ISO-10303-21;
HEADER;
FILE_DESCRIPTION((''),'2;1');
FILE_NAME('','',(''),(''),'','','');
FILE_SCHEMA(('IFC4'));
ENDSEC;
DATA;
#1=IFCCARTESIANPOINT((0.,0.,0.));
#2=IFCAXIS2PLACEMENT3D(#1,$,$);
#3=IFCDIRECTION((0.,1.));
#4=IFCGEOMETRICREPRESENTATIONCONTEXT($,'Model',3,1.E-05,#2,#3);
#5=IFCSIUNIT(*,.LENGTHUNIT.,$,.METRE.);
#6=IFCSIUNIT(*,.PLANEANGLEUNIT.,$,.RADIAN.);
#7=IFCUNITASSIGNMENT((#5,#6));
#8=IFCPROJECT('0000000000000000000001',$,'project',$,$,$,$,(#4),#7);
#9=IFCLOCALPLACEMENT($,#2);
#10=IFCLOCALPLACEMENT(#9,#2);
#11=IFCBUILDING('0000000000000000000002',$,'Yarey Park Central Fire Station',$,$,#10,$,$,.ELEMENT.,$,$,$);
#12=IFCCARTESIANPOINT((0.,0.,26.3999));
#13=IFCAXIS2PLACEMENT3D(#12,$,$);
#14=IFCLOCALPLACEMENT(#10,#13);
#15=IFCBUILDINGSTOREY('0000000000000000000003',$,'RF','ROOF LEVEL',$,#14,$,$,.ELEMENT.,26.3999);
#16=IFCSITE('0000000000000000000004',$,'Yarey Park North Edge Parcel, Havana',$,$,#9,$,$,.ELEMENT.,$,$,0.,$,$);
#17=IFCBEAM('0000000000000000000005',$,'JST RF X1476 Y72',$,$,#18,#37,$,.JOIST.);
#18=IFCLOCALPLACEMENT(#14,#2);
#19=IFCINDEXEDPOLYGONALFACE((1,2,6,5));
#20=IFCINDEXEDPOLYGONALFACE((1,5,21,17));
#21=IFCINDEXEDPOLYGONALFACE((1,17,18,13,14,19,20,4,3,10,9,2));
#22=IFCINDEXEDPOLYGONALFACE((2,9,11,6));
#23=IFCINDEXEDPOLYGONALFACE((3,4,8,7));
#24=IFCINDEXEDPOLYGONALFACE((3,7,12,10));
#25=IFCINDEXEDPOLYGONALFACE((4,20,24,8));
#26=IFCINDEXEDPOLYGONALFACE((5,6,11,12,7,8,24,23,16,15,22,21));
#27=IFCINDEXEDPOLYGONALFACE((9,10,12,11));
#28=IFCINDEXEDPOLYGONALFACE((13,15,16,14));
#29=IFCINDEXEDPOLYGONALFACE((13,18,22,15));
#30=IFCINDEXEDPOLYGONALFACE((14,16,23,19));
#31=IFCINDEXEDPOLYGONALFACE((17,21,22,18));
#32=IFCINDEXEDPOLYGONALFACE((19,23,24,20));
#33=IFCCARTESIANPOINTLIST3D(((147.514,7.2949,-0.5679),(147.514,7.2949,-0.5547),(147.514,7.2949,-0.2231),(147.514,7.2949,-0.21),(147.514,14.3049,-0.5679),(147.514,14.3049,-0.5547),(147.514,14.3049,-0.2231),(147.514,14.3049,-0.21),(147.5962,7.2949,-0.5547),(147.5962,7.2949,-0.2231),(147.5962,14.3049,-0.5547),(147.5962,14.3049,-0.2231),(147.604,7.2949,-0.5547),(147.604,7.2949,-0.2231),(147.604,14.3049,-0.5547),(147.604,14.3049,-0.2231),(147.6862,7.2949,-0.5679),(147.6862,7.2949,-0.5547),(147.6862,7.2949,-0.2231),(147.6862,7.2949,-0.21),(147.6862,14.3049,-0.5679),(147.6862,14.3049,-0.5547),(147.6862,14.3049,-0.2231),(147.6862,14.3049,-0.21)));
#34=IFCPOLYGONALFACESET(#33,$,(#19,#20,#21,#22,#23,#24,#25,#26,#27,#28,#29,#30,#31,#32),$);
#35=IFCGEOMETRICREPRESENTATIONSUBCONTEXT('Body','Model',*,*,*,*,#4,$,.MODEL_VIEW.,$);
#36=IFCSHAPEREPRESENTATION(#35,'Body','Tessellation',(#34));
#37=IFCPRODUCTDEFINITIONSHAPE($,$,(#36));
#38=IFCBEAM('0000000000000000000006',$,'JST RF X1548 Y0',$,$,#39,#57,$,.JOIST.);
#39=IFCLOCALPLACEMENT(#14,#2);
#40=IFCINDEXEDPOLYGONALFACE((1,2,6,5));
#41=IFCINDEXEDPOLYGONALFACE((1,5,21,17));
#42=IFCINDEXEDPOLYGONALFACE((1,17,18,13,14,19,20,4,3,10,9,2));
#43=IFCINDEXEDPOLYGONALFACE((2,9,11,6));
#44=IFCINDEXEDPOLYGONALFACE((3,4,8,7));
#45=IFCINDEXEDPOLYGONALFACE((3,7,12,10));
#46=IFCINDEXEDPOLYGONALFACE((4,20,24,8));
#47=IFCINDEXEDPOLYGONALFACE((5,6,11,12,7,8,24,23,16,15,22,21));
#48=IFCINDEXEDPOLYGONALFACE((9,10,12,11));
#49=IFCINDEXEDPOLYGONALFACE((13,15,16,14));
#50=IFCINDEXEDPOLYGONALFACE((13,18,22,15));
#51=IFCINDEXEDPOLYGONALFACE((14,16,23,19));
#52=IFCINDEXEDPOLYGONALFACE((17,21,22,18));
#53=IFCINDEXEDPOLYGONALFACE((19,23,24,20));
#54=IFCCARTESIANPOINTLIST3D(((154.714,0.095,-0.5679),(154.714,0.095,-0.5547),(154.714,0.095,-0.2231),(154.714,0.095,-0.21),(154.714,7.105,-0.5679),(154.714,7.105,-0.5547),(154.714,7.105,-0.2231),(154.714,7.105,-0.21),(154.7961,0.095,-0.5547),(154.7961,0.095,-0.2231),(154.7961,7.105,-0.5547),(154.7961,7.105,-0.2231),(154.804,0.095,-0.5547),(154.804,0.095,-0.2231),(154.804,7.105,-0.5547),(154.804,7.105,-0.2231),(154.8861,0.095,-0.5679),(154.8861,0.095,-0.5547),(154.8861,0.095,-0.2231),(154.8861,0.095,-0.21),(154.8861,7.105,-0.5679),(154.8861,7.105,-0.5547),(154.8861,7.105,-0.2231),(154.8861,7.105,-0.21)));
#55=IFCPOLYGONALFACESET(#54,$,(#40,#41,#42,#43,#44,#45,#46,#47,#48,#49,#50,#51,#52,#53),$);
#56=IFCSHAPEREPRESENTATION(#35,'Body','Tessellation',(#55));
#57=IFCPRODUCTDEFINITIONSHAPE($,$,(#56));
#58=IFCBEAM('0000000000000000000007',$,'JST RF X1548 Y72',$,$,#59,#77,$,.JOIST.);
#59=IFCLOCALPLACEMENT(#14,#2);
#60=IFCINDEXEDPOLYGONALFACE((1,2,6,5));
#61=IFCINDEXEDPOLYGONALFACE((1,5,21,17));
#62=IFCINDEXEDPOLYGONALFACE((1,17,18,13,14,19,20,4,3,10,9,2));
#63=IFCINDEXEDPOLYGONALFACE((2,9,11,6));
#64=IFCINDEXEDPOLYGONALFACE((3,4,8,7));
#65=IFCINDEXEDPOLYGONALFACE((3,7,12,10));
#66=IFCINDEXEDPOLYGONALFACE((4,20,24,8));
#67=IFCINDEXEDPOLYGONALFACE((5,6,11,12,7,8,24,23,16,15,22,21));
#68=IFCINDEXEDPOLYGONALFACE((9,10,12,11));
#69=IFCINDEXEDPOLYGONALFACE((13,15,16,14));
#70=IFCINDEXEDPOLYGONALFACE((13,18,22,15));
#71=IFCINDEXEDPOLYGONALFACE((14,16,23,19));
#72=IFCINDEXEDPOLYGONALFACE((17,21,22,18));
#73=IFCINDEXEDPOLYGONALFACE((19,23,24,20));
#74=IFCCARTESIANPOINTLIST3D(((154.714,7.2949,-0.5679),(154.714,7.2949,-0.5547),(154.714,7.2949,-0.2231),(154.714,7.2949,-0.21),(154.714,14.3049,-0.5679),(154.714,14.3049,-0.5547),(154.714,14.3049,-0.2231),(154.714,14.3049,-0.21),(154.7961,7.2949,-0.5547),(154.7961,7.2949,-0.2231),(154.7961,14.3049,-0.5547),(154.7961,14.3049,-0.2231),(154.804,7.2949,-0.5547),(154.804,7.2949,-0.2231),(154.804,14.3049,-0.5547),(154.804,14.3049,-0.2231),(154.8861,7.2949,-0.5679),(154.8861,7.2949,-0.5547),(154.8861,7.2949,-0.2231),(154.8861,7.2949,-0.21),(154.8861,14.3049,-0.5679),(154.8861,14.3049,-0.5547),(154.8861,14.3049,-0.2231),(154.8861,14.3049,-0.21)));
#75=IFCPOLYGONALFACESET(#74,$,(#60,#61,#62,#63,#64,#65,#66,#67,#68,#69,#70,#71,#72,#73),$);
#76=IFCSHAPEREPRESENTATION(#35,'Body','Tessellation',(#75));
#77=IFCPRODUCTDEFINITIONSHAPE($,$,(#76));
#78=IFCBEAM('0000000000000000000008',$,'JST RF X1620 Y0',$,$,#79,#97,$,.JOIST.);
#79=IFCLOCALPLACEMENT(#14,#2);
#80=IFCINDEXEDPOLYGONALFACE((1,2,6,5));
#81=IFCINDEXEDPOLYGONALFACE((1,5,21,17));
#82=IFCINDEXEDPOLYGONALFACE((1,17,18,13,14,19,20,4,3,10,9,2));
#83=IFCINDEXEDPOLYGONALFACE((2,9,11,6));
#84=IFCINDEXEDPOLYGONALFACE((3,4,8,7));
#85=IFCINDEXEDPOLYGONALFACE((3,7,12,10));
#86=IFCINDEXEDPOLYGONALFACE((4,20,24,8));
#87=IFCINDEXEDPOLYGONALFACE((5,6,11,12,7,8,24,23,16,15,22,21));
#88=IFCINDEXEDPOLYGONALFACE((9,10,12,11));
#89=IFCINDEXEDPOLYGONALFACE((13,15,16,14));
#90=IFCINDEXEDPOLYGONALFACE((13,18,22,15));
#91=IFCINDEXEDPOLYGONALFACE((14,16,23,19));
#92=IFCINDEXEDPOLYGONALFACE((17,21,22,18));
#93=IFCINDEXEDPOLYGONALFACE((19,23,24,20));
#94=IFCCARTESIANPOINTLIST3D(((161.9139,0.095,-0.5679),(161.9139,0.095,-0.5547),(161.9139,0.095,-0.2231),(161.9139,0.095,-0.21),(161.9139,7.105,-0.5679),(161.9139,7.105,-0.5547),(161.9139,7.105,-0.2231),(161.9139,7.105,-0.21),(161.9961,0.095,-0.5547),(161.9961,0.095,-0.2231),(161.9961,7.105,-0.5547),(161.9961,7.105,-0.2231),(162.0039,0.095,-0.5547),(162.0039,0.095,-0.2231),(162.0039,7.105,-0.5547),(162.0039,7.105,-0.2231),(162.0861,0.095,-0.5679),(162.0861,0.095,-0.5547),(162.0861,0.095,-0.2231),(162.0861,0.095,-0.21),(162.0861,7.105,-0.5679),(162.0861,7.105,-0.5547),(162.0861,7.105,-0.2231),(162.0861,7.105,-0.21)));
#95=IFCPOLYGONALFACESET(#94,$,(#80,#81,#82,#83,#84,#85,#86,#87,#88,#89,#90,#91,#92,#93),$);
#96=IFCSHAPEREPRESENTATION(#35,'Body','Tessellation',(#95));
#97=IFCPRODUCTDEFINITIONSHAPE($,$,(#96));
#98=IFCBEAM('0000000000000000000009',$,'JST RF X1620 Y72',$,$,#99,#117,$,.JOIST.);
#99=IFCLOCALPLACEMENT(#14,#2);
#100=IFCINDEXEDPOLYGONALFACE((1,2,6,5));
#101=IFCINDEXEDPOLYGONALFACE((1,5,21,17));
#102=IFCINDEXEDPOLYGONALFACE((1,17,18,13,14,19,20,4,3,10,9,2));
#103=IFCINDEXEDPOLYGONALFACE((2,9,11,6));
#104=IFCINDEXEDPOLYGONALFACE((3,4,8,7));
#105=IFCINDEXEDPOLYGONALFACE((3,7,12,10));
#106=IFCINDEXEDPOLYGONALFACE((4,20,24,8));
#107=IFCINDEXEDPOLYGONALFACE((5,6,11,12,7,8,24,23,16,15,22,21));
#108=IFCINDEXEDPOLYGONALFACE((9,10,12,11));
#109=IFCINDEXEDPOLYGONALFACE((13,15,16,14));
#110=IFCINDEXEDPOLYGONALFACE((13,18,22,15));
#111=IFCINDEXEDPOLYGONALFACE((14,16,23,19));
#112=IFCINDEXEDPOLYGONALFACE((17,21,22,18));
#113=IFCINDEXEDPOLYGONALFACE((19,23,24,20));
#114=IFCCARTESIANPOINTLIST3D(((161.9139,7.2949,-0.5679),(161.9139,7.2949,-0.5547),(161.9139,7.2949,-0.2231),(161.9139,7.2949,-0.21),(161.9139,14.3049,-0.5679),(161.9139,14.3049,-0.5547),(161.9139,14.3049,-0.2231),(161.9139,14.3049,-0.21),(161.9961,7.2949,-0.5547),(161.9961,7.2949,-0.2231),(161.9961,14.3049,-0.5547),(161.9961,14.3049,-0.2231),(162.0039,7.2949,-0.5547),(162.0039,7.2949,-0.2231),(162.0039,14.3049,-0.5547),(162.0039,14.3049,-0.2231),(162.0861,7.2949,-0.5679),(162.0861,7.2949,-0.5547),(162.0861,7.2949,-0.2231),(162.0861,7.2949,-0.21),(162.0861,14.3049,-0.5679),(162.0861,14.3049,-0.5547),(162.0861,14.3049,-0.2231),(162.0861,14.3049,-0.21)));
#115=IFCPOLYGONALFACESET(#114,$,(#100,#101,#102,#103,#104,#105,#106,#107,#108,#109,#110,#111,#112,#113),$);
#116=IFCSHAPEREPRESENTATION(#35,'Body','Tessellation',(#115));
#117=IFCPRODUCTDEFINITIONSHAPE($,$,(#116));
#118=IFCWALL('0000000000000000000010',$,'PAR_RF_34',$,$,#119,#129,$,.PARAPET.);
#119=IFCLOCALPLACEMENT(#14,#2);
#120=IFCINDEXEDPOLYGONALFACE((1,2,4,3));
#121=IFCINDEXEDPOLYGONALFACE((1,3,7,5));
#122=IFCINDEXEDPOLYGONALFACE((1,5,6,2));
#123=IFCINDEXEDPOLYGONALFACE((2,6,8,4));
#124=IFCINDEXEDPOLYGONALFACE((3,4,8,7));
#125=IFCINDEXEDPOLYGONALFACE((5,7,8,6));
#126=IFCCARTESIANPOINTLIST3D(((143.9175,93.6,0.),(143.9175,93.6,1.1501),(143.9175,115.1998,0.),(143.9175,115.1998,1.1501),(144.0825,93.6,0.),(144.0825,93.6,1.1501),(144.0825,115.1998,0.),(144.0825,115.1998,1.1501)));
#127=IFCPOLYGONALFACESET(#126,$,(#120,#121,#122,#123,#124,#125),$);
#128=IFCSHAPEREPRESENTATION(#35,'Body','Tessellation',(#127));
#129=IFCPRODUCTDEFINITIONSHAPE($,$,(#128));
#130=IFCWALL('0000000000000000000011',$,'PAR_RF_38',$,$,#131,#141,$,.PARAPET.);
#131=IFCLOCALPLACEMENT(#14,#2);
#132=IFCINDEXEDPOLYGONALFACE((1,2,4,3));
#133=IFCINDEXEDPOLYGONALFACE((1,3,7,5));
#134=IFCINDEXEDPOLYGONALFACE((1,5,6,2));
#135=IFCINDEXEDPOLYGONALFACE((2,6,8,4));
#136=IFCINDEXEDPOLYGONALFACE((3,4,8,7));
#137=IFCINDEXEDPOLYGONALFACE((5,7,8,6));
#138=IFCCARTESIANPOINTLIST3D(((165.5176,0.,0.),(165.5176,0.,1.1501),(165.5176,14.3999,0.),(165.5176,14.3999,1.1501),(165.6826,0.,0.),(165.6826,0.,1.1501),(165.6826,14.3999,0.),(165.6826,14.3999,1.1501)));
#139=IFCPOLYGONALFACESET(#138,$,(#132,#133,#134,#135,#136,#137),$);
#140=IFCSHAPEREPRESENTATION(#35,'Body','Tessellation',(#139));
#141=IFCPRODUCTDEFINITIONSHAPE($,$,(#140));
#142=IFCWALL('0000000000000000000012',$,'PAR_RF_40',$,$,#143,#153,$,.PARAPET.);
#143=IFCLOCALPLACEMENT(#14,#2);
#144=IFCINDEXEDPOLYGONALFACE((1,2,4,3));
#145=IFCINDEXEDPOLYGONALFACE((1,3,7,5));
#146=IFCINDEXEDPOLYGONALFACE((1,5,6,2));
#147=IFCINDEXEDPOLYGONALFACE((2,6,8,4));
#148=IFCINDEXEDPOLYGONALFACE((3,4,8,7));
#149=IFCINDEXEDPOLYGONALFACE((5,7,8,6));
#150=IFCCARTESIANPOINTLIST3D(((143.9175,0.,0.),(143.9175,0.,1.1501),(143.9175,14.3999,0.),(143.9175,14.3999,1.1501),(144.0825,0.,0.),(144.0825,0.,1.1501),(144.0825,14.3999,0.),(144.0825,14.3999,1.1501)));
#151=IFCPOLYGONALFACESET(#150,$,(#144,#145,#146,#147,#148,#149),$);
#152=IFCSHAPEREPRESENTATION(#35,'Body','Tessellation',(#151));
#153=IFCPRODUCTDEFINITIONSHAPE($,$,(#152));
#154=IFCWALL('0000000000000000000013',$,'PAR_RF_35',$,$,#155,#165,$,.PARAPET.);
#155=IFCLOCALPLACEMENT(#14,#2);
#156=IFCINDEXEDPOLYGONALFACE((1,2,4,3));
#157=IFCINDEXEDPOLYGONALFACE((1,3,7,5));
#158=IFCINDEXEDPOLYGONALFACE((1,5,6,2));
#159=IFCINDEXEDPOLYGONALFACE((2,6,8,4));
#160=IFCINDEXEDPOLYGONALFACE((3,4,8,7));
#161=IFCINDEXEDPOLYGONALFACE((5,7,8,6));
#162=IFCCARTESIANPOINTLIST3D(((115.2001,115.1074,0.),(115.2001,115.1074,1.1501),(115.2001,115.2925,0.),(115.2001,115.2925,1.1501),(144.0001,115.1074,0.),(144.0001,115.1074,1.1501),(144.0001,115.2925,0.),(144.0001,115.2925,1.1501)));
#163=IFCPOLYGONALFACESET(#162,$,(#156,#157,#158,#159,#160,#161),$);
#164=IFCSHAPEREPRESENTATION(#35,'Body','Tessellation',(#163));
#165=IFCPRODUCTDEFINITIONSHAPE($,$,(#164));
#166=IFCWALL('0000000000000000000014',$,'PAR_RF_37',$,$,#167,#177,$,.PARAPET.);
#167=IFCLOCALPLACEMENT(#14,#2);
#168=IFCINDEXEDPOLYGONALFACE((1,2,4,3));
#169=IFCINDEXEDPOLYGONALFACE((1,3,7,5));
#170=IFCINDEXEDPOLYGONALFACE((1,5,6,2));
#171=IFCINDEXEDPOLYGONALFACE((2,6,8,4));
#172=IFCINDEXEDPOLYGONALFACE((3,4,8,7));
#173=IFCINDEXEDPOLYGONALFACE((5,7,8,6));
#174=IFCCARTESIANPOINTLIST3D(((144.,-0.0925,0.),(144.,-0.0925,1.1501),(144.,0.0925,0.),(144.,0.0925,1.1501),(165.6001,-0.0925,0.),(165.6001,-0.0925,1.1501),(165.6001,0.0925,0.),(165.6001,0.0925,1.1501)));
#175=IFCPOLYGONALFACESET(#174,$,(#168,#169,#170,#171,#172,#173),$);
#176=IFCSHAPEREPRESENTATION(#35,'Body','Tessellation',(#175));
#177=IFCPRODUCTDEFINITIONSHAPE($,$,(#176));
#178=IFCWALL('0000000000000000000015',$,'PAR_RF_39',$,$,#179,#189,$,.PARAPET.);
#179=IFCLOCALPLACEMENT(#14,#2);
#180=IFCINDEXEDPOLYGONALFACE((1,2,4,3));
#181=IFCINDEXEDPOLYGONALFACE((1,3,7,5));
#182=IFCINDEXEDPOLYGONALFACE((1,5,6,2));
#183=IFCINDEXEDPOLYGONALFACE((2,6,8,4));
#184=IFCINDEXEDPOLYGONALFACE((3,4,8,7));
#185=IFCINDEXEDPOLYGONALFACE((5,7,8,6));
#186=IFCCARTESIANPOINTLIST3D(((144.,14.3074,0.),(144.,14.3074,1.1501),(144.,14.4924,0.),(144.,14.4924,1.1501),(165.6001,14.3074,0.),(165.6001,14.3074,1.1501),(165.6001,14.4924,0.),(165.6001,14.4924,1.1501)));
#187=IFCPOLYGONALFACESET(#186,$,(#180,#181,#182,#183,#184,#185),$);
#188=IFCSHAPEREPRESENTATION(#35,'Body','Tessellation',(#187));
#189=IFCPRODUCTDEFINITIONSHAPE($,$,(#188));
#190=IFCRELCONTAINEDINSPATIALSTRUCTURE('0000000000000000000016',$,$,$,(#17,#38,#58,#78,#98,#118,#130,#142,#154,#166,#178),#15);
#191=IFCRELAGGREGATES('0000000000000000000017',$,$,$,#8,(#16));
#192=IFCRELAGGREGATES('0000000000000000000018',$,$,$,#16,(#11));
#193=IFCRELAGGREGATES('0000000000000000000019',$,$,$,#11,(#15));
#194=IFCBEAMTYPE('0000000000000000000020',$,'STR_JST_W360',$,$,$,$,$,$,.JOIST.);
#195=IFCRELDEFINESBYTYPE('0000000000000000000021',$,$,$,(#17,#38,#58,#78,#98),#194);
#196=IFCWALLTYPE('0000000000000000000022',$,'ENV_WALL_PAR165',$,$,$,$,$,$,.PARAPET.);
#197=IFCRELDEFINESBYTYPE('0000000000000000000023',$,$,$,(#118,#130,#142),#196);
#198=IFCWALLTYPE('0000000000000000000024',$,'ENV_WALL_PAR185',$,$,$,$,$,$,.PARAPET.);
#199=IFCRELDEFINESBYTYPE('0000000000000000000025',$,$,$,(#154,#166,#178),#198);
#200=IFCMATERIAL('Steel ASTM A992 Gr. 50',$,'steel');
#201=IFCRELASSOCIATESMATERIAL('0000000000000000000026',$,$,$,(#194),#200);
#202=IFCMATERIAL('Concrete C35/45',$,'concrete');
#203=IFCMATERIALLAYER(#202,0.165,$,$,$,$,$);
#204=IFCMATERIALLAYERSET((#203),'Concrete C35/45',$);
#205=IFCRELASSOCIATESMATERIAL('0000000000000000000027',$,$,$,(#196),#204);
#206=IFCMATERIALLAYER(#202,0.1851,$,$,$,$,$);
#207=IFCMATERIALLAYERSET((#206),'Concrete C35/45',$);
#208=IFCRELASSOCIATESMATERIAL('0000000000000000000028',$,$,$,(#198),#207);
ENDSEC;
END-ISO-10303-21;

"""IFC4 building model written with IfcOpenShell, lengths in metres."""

from ifc_helpers import new_model, si_unit, direction, frame, frame_2d, origin, origin_2d, place, context, subcontext, project, spatial, rectangle, i_section, extrude, material, layer, layer_set, material_profile, profile_set, type_object, element, save


model = new_model("IFC4")

# Units and contexts
model_context = context("Model", 3, precision=1e-05, world=origin(), true_north=direction((0.0, 1.0)))
body_context = subcontext(model_context, "Body", "Model", "MODEL_VIEW")
ifc_project = project(units=[si_unit("LENGTHUNIT", "METRE"), si_unit("PLANEANGLEUNIT", "RADIAN")], contexts=[model_context])

# Site, building, storey
site_placement = place(None, origin())
site = spatial("IfcSite", under=ifc_project, at=site_placement, Name="Yarey Park North Edge Parcel, Havana", CompositionType="ELEMENT", RefElevation=0.0)
building_placement = place(site_placement, origin())
building = spatial("IfcBuilding", under=site, at=building_placement, Name="Yarey Park Central Fire Station", CompositionType="ELEMENT")
storey_placement = place(building_placement, frame((0.0, 0.0, 26.3999)))
storey = spatial("IfcBuildingStorey", under=building, at=storey_placement, Name="RF", Description="ROOF LEVEL", CompositionType="ELEMENT", Elevation=26.3999)

# Beams
ifc_material_1 = material(Name="Steel ASTM A992 Gr. 50", Category="steel")
ifc_material_profile_1 = material_profile(ifc_material_1, i_section(OverallWidth=0.1721, OverallDepth=0.3579, WebThickness=0.0078, FlangeThickness=0.0132, at=origin_2d()), Name="W360x57")
ifc_profile_set_1 = profile_set([ifc_material_profile_1], Name="Steel ASTM A992 Gr. 50")
beam_type_1 = type_object("IfcBeamType", Name="STR_JST_W360", PredefinedType="JOIST", material=ifc_profile_set_1)
for number, where, z_axis, x_axis, name in (
    (1, (147.6001, 7.2949, -0.3889), (0.0, 1.0, 0.0), (-1.0, 0.0, 0.0), "JST RF X1476 Y72"),
    (2, (154.8, 0.095, -0.3889), (0.0, 1.0, 0.0), (-1.0, 0.0, 0.0), "JST RF X1548 Y0"),
    (3, (154.8, 7.2949, -0.3889), (0.0, 1.0, 0.0), (-1.0, 0.0, 0.0), "JST RF X1548 Y72"),
    (4, (162.0, 0.095, -0.3889), (0.0, 1.0, 0.0), (-1.0, 0.0, 0.0), "JST RF X1620 Y0"),
    (5, (162.0, 7.2949, -0.3889), (0.0, 1.0, 0.0), (-1.0, 0.0, 0.0), "JST RF X1620 Y72"),
):
    element("IfcBeam", number, at=place(storey_placement, frame(where, z_axis=z_axis, x_axis=x_axis)), inside=storey, type_object=beam_type_1, Name=name, PredefinedType="JOIST", context=body_context, shape_type="SweptSolid", body=[
        extrude(i_section(OverallWidth=0.1721, OverallDepth=0.3579, WebThickness=0.0078, FlangeThickness=0.0132, at=origin_2d()), origin(), (0.0, 0.0, 1.0), 7.01),
    ])

# Walls
ifc_material_2 = material(Name="Concrete C35/45", Category="concrete")
ifc_layer_1 = layer(ifc_material_2, 0.165)
ifc_layer_set_1 = layer_set([ifc_layer_1], Name="Concrete C35/45")
wall_type_1 = type_object("IfcWallType", Name="ENV_WALL_PAR165", PredefinedType="PARAPET", material=ifc_layer_set_1)
wall_1_placement = place(storey_placement, frame((144.0, 93.6001, 0.0), z_axis=(0.0, 0.0, 1.0), x_axis=(0.0, 1.0, 0.0)))
element("IfcWall", 6, at=wall_1_placement, inside=storey, type_object=wall_type_1, Name="PAR_RF_34", PredefinedType="PARAPET", context=body_context, shape_type="SweptSolid", body=[
    extrude(rectangle(XDim=21.5999, YDim=0.165, at=frame_2d((10.7998, 0.0))), origin(), (0.0, 0.0, 1.0), 1.1501),
])
for number, where, z_axis, x_axis, name in (
    (7, (165.6001, 0.0, 0.0), (0.0, 0.0, 1.0), (0.0, 1.0, 0.0), "PAR_RF_38"),
    (8, (144.0, 14.3999, 0.0), (0.0, 0.0, 1.0), (0.0, -1.0, 0.0), "PAR_RF_40"),
):
    element("IfcWall", number, at=place(storey_placement, frame(where, z_axis=z_axis, x_axis=x_axis)), inside=storey, type_object=wall_type_1, Name=name, PredefinedType="PARAPET", context=body_context, shape_type="SweptSolid", body=[
        extrude(rectangle(XDim=14.3999, YDim=0.165, at=frame_2d((7.2, 0.0))), origin(), (0.0, 0.0, 1.0), 1.1501),
    ])
ifc_layer_2 = layer(ifc_material_2, 0.1851)
ifc_layer_set_2 = layer_set([ifc_layer_2], Name="Concrete C35/45")
wall_type_2 = type_object("IfcWallType", Name="ENV_WALL_PAR185", PredefinedType="PARAPET", material=ifc_layer_set_2)
wall_2_placement = place(storey_placement, frame((144.0, 115.2, 0.0), z_axis=(0.0, 0.0, 1.0), x_axis=(-1.0, 0.0, 0.0)))
element("IfcWall", 9, at=wall_2_placement, inside=storey, type_object=wall_type_2, Name="PAR_RF_35", PredefinedType="PARAPET", context=body_context, shape_type="SweptSolid", body=[
    extrude(rectangle(XDim=28.8, YDim=0.1851, at=frame_2d((14.3999, 0.0))), origin(), (0.0, 0.0, 1.0), 1.1501),
])
for number, where, z_axis, x_axis, name in (
    (10, (144.0, 0.0, 0.0), (0.0, 0.0, 1.0), (1.0, 0.0, 0.0), "PAR_RF_37"),
    (11, (165.6001, 14.3999, 0.0), (0.0, 0.0, 1.0), (-1.0, 0.0, 0.0), "PAR_RF_39"),
):
    element("IfcWall", number, at=place(storey_placement, frame(where, z_axis=z_axis, x_axis=x_axis)), inside=storey, type_object=wall_type_2, Name=name, PredefinedType="PARAPET", context=body_context, shape_type="SweptSolid", body=[
        extrude(rectangle(XDim=21.6001, YDim=0.1851, at=frame_2d((10.8, 0.0))), origin(), (0.0, 0.0, 1.0), 1.1501),
    ])

save(model, "model.ifc")
